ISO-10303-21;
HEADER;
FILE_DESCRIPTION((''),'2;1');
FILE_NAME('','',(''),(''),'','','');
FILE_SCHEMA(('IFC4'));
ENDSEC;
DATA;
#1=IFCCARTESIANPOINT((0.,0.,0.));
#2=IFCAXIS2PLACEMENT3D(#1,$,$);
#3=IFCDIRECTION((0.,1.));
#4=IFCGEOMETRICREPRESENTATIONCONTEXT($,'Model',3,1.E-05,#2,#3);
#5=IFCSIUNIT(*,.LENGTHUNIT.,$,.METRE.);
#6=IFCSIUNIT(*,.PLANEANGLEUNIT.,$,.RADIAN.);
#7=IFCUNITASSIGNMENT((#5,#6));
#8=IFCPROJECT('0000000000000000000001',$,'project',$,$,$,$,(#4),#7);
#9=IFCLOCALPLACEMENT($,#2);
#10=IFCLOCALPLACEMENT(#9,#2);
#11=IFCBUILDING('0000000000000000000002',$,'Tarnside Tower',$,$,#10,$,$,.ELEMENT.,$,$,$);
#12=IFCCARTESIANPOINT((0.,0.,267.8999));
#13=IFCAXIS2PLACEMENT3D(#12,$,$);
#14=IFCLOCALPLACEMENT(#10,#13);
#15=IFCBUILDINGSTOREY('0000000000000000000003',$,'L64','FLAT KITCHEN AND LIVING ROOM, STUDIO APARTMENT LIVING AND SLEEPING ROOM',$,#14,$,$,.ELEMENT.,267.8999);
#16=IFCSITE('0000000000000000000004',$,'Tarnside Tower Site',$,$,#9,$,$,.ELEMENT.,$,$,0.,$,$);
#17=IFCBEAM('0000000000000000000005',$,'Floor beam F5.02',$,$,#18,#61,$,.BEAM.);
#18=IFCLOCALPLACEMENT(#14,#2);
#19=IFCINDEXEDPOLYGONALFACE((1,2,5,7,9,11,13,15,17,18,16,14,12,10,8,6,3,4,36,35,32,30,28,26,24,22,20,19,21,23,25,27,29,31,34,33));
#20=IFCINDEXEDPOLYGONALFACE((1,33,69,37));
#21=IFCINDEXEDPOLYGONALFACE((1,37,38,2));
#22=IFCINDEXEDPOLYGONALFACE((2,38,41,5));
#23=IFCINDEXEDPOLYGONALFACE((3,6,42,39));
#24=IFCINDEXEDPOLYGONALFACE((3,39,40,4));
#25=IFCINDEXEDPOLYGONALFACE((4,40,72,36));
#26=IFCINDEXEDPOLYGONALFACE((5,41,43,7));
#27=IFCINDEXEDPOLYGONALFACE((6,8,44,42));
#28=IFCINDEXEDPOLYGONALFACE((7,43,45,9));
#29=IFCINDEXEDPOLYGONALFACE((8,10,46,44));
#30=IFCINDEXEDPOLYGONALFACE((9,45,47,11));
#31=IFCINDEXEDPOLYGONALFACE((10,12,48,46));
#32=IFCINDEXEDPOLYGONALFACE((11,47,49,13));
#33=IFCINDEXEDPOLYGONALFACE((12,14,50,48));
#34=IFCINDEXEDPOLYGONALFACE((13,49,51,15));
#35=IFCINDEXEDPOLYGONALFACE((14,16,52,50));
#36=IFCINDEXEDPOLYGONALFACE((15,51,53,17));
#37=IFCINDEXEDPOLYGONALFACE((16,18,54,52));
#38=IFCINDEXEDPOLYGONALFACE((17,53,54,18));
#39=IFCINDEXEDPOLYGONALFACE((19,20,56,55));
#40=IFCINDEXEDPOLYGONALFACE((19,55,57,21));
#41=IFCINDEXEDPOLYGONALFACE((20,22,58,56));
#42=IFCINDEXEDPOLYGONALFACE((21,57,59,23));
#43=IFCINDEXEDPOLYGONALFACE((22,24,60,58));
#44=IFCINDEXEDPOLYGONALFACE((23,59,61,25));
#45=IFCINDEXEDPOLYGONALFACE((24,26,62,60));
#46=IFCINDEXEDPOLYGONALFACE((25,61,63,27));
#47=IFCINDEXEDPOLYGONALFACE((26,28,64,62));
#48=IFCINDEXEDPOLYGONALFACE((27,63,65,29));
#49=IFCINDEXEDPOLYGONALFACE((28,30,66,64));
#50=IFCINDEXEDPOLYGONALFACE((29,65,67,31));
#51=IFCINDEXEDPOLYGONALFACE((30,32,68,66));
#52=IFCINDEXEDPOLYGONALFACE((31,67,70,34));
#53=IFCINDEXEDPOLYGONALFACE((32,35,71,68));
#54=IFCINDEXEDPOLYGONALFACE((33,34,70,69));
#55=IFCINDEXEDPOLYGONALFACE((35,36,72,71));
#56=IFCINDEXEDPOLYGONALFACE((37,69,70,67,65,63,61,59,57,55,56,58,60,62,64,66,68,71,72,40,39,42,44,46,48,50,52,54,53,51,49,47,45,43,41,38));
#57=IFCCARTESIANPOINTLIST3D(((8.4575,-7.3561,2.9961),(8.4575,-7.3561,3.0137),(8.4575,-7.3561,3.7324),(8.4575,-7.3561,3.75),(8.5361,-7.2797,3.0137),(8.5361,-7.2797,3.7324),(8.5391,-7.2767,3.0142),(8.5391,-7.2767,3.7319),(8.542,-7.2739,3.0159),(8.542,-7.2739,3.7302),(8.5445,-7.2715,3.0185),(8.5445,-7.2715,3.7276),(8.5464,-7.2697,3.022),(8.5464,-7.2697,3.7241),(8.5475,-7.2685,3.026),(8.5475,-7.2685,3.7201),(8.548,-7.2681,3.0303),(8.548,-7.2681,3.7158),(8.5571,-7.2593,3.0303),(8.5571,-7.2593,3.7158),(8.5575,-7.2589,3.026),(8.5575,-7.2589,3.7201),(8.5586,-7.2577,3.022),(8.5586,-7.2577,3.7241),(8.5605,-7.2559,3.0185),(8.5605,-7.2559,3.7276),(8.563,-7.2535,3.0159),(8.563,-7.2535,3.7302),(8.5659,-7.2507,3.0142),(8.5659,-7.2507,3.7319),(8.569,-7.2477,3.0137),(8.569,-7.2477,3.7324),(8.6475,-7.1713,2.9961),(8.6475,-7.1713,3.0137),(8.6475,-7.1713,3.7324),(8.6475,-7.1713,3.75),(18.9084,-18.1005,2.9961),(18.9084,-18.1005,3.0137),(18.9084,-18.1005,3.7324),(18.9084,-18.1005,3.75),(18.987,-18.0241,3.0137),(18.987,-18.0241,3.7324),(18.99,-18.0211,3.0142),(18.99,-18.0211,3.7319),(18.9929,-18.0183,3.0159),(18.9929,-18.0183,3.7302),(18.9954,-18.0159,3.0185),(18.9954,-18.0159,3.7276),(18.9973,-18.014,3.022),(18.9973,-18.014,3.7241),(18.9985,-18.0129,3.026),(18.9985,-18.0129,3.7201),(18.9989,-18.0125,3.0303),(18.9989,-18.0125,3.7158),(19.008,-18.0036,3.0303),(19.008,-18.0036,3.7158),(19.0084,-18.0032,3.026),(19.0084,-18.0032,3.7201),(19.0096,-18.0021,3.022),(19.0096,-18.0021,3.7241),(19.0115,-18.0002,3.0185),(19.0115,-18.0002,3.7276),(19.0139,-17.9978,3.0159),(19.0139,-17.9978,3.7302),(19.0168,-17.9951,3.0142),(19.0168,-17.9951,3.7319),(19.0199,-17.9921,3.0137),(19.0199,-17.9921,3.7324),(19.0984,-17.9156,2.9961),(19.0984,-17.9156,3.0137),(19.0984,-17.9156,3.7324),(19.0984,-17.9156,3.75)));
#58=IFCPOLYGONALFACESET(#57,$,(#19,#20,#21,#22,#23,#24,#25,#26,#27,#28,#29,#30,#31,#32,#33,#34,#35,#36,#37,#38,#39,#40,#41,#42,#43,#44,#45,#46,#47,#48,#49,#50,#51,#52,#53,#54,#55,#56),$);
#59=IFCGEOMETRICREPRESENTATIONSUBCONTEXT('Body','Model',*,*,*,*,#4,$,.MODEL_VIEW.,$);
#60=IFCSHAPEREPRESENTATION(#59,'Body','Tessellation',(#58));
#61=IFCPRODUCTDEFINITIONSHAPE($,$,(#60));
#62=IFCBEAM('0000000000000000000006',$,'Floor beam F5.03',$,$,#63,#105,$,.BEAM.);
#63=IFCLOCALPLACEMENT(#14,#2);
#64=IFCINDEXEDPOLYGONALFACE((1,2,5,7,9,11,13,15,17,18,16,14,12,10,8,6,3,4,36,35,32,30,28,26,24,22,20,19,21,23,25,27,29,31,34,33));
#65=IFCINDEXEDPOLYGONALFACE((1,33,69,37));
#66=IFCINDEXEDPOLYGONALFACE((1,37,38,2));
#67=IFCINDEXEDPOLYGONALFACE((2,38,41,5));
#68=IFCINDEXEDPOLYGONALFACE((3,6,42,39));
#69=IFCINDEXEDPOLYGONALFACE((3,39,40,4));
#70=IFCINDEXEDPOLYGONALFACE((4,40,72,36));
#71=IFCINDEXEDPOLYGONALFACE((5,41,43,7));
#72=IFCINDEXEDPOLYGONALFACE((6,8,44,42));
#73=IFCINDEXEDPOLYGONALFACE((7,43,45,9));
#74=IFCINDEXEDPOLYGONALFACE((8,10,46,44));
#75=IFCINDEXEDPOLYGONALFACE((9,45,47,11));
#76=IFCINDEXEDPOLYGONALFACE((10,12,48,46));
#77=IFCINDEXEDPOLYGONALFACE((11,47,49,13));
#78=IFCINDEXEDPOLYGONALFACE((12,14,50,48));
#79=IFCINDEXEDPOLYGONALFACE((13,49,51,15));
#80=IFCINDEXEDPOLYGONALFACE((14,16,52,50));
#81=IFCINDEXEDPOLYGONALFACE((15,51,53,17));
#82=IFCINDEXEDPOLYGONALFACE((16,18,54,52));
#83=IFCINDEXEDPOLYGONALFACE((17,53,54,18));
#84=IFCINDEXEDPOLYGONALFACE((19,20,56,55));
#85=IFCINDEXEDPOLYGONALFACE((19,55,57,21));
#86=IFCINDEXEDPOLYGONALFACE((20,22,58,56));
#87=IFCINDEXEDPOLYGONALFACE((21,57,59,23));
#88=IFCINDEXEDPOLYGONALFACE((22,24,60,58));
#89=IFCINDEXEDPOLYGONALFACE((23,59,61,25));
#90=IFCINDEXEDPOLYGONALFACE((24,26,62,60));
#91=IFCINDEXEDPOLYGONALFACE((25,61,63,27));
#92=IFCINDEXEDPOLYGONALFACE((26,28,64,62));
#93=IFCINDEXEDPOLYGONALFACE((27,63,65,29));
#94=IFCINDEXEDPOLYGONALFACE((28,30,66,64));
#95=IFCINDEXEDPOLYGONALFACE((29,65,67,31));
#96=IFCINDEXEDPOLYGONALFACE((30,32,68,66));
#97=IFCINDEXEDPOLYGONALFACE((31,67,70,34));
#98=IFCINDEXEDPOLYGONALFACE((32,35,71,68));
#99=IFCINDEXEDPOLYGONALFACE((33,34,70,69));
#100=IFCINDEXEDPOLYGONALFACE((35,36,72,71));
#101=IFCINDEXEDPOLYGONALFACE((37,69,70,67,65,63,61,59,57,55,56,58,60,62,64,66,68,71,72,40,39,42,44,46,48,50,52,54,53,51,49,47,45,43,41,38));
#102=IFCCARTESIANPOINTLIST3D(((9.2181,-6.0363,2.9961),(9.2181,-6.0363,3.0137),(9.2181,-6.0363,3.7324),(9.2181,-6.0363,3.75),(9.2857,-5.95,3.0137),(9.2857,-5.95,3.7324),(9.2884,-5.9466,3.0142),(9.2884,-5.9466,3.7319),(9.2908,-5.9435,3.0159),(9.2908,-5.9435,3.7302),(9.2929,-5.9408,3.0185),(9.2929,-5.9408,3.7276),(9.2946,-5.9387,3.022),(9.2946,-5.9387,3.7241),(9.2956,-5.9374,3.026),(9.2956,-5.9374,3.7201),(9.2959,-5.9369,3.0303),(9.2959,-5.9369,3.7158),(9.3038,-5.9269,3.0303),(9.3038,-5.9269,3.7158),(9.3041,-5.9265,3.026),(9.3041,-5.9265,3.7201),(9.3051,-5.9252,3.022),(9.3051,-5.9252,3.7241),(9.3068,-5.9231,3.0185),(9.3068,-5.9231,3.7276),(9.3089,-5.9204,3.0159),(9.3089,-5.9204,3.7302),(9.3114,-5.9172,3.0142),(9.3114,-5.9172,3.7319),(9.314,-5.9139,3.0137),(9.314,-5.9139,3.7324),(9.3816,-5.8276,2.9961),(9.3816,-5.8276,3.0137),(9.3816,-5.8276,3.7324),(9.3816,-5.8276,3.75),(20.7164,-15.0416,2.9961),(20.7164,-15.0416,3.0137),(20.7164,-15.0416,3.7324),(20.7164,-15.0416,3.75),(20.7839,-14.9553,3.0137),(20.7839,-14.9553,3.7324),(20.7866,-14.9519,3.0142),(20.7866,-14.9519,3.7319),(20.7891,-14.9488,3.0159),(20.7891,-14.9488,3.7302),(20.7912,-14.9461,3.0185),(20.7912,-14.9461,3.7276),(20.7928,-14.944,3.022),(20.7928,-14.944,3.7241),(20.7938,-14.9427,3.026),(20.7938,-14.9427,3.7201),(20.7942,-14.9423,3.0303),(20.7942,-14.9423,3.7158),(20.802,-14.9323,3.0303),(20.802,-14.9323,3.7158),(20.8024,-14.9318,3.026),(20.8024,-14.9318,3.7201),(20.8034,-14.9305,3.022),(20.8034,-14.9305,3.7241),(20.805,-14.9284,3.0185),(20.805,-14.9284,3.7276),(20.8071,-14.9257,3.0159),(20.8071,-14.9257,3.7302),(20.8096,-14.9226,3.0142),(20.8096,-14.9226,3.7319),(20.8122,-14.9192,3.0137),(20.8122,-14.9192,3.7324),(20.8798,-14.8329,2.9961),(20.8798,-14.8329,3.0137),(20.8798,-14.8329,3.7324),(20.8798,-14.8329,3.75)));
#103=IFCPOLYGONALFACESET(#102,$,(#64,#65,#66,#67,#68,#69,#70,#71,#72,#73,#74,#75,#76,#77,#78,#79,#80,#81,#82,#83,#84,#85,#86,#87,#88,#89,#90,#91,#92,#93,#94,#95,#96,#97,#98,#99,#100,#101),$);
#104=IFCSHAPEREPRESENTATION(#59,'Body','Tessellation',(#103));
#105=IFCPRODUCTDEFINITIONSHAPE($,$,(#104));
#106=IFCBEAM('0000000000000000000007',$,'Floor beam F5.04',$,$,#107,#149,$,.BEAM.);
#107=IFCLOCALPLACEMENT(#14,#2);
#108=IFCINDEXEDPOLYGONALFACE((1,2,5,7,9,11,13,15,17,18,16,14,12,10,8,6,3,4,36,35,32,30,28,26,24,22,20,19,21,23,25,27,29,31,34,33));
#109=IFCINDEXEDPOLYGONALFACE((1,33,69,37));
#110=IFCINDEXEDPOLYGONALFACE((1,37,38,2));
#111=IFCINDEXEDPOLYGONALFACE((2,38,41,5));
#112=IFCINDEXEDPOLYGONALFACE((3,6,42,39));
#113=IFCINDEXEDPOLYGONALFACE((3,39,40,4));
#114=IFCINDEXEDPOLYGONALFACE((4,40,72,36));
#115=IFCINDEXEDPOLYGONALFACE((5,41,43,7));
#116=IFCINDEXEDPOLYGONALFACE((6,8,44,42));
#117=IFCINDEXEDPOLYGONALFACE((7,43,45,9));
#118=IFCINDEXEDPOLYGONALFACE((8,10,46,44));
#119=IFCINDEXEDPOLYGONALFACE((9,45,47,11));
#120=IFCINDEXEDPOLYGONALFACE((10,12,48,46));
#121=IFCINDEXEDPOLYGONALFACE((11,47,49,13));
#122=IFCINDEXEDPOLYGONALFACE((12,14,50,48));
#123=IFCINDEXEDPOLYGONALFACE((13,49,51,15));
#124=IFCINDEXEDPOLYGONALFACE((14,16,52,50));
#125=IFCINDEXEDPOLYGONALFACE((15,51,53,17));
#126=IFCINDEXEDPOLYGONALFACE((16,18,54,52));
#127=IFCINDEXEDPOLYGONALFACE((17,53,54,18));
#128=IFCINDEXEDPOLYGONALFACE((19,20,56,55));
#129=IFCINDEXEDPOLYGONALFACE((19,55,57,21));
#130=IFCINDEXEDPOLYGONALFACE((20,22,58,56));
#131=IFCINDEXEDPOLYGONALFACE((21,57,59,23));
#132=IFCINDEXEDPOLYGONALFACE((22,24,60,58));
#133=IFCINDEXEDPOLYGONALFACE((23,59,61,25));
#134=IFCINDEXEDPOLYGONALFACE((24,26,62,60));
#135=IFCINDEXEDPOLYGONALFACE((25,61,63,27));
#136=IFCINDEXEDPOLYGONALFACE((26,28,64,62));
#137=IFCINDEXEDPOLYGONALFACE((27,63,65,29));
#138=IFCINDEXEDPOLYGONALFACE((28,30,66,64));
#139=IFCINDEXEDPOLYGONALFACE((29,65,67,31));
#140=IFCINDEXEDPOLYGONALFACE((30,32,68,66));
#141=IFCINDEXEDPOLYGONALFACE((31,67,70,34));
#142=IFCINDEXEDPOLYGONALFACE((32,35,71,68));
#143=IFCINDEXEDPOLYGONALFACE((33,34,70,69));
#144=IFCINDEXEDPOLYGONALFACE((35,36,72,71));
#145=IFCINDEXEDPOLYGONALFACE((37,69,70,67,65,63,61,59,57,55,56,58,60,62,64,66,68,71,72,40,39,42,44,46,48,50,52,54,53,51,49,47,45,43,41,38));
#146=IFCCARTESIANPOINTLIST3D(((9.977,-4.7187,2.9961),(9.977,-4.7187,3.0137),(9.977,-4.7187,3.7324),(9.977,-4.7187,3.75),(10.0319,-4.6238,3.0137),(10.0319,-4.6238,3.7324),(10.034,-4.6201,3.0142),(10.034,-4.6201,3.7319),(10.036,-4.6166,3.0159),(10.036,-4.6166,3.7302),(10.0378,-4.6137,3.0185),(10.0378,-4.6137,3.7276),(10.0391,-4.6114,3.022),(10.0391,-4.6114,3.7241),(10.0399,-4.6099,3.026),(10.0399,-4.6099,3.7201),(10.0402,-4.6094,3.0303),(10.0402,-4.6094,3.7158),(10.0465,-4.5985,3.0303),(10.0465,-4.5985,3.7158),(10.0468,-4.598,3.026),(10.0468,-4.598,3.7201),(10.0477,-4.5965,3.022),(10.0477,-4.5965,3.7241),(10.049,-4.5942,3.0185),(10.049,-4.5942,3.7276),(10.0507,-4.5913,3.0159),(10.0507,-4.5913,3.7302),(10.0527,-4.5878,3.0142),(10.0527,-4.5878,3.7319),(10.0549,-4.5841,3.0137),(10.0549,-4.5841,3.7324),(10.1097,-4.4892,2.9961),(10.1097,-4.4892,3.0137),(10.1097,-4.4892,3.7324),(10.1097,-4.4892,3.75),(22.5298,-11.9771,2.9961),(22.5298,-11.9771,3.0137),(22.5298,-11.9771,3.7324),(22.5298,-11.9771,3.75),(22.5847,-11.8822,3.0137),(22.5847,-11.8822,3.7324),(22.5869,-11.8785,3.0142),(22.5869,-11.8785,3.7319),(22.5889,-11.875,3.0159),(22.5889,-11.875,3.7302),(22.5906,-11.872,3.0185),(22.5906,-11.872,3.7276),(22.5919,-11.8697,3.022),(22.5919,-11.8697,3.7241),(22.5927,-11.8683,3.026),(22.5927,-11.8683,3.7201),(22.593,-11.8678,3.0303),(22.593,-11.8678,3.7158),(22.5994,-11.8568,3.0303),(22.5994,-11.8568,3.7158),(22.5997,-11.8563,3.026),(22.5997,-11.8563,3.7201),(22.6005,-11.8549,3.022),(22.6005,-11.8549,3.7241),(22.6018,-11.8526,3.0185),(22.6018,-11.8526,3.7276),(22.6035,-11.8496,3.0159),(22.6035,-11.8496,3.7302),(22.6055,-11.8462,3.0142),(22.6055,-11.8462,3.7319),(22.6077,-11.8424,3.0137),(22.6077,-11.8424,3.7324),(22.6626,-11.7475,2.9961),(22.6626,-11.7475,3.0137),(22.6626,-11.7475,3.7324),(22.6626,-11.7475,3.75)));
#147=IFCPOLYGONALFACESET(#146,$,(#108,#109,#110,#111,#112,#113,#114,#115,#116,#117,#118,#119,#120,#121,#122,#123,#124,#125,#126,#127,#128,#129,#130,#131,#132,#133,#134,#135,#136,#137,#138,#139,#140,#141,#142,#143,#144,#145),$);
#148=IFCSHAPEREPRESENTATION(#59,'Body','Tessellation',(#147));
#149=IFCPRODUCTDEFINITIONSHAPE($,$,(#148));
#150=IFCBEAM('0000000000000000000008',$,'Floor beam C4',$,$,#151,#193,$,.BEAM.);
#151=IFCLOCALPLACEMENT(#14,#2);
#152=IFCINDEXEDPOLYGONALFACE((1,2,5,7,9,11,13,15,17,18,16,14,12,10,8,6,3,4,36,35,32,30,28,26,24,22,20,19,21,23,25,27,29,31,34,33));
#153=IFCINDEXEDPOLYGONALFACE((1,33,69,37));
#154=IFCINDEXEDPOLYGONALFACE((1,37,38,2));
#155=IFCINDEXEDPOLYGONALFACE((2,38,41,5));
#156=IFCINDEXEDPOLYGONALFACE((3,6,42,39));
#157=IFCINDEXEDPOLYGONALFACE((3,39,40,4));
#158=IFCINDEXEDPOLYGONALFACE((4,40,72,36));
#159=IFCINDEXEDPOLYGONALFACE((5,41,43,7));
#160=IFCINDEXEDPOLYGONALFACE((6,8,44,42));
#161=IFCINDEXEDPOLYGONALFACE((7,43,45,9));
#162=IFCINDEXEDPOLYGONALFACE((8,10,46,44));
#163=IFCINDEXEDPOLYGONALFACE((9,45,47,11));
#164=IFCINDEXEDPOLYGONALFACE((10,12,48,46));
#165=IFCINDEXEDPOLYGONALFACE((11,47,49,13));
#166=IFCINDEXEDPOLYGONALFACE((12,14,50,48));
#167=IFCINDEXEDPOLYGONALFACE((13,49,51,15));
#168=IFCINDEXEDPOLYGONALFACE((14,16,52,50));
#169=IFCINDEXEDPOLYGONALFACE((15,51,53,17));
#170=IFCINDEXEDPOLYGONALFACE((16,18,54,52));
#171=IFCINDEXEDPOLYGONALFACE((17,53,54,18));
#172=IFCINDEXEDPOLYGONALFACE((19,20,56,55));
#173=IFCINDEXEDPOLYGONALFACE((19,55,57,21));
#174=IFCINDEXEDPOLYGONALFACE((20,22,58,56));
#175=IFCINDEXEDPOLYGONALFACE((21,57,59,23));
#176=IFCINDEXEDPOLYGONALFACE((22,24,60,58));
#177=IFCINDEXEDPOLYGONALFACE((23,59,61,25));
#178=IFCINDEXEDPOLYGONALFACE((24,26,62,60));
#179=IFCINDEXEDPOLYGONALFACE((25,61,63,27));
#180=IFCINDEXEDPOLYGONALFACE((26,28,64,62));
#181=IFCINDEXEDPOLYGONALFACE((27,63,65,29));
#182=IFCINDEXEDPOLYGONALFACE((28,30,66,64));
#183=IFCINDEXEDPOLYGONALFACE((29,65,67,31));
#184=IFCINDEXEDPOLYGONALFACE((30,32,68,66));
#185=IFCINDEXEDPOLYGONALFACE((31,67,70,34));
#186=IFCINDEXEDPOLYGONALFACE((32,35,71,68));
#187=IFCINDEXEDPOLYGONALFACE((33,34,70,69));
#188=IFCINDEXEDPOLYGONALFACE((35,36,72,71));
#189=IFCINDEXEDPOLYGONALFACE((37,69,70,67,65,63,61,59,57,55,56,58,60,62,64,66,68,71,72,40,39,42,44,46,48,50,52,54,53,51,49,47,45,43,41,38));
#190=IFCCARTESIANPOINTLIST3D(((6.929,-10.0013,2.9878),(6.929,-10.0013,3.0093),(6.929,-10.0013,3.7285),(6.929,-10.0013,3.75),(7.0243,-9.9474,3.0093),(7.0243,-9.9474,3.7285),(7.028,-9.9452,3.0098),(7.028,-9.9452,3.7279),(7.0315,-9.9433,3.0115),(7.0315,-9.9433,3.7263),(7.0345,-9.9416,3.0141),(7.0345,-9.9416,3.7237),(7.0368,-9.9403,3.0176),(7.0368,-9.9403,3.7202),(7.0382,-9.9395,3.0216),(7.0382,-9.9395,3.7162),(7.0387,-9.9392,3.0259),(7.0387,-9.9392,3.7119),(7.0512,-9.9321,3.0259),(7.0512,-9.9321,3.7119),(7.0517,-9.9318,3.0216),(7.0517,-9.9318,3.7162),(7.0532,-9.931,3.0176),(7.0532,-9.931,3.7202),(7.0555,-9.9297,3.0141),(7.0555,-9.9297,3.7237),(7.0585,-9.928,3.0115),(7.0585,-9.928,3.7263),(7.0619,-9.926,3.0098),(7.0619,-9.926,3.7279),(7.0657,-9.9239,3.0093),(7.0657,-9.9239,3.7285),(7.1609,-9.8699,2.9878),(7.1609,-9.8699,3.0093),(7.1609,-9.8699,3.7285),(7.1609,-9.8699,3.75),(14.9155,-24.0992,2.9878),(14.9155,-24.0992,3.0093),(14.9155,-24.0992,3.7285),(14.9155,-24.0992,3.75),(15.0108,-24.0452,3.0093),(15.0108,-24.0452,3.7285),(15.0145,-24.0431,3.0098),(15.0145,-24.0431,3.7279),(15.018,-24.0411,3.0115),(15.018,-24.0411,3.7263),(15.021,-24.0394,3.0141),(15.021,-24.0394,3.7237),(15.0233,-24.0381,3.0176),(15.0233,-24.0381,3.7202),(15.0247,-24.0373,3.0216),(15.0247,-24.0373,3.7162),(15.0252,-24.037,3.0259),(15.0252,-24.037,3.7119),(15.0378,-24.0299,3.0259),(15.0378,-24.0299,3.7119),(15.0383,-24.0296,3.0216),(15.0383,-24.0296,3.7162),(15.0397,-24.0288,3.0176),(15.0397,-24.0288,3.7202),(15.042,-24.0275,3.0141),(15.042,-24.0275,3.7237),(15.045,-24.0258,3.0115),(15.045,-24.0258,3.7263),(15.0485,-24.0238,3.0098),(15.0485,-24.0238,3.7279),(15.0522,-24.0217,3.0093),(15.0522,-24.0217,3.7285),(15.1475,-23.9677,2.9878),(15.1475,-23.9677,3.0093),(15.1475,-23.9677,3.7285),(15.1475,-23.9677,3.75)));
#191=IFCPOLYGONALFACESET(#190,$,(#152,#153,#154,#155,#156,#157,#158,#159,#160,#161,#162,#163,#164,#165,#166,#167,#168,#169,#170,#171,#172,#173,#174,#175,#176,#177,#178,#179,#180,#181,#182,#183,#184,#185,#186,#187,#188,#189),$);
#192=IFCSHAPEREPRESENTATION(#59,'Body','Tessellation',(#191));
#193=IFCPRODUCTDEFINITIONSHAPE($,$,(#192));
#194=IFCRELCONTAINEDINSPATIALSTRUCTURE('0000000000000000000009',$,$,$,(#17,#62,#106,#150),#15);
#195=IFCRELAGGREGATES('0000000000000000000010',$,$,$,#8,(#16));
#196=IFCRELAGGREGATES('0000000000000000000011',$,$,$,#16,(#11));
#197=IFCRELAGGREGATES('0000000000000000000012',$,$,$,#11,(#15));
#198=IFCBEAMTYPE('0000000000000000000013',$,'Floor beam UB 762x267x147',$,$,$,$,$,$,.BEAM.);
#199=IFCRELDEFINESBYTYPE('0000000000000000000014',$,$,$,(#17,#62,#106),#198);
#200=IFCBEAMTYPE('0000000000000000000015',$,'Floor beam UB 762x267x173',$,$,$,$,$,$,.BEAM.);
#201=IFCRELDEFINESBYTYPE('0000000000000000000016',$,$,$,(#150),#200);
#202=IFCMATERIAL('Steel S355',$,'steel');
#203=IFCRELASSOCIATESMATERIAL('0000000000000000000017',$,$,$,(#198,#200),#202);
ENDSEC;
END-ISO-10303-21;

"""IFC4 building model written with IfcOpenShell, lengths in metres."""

from ifc_helpers import new_model, si_unit, direction, frame, origin, origin_2d, place, context, subcontext, project, spatial, i_section, extrude, material, material_profile, profile_set, type_object, element, save


model = new_model("IFC4")

# Units and contexts
model_context = context("Model", 3, precision=1e-05, world=origin(), true_north=direction((0.0, 1.0)))
body_context = subcontext(model_context, "Body", "Model", "MODEL_VIEW")
ifc_project = project(units=[si_unit("LENGTHUNIT", "METRE"), si_unit("PLANEANGLEUNIT", "RADIAN")], contexts=[model_context])

# Site, building, storey
site_placement = place(None, origin())
site = spatial("IfcSite", under=ifc_project, at=site_placement, Name="Tarnside Tower Site", CompositionType="ELEMENT", RefElevation=0.0)
building_placement = place(site_placement, origin())
building = spatial("IfcBuilding", under=site, at=building_placement, Name="Tarnside Tower", CompositionType="ELEMENT")
storey_placement = place(building_placement, frame((0.0, 0.0, 267.8999)))
storey = spatial("IfcBuildingStorey", under=building, at=storey_placement, Name="L64", Description="FLAT KITCHEN AND LIVING ROOM, STUDIO APARTMENT LIVING AND SLEEPING ROOM", CompositionType="ELEMENT", Elevation=267.8999)

# Beams
ifc_material_1 = material(Name="Steel S355", Category="steel")
ifc_material_profile_1 = material_profile(ifc_material_1, i_section(OverallWidth=0.2651, OverallDepth=0.7539, WebThickness=0.0127, FlangeThickness=0.0176, FilletRadius=0.0166, at=origin_2d()), Name="UB 762x267x147")
ifc_profile_set_1 = profile_set([ifc_material_profile_1], Name="Steel S355")
beam_type_1 = type_object("IfcBeamType", Name="Floor beam UB 762x267x147", PredefinedType="BEAM", material=ifc_profile_set_1)
beam_1_placement = place(storey_placement, frame((19.0034, -18.0081, 3.373), z_axis=(-0.69725, 0.716828, 0.0), x_axis=(-0.716828, -0.69725, 0.0)))
element("IfcBeam", 1, at=beam_1_placement, inside=storey, type_object=beam_type_1, Name="Floor beam F5.02", PredefinedType="BEAM", context=body_context, shape_type="SweptSolid", body=[
    extrude(i_section(OverallWidth=0.2651, OverallDepth=0.7539, WebThickness=0.0127, FlangeThickness=0.0176, FilletRadius=0.0166, at=origin_2d()), origin(), (0.0, 0.0, 1.0), 14.9888),
])
beam_2_placement = place(storey_placement, frame((20.7981, -14.9373, 3.373), z_axis=(-0.787282, 0.616593, 0.0), x_axis=(-0.616593, -0.787282, 0.0)))
element("IfcBeam", 2, at=beam_2_placement, inside=storey, type_object=beam_type_1, Name="Floor beam F5.03", PredefinedType="BEAM", context=body_context, shape_type="SweptSolid", body=[
    extrude(i_section(OverallWidth=0.2651, OverallDepth=0.7539, WebThickness=0.0127, FlangeThickness=0.0176, FilletRadius=0.0166, at=origin_2d()), origin(), (0.0, 0.0, 1.0), 14.605),
])
beam_3_placement = place(storey_placement, frame((22.5962, -11.8623, 3.373), z_axis=(-0.865697, 0.500568, 0.0), x_axis=(-0.500568, -0.865697, 0.0)))
element("IfcBeam", 3, at=beam_3_placement, inside=storey, type_object=beam_type_1, Name="Floor beam F5.04", PredefinedType="BEAM", context=body_context, shape_type="SweptSolid", body=[
    extrude(i_section(OverallWidth=0.2651, OverallDepth=0.7539, WebThickness=0.0127, FlangeThickness=0.0176, FilletRadius=0.0166, at=origin_2d()), origin(), (0.0, 0.0, 1.0), 14.5002),
])
ifc_material_profile_2 = material_profile(ifc_material_1, i_section(OverallWidth=0.2666, OverallDepth=0.7622, WebThickness=0.0144, FlangeThickness=0.0215, FilletRadius=0.0166, at=origin_2d()), Name="UB 762x267x173")
ifc_profile_set_2 = profile_set([ifc_material_profile_2], Name="Steel S355")
beam_type_2 = type_object("IfcBeamType", Name="Floor beam UB 762x267x173", PredefinedType="BEAM", material=ifc_profile_set_2)
beam_4_placement = place(storey_placement, frame((15.0315, -24.0334, 3.3689), z_axis=(-0.492908, 0.870081, 0.0), x_axis=(-0.870081, -0.492908, 0.0)))
element("IfcBeam", 4, at=beam_4_placement, inside=storey, type_object=beam_type_2, Name="Floor beam C4", PredefinedType="BEAM", context=body_context, shape_type="SweptSolid", body=[
    extrude(i_section(OverallWidth=0.2666, OverallDepth=0.7622, WebThickness=0.0144, FlangeThickness=0.0215, FilletRadius=0.0166, at=origin_2d()), origin(), (0.0, 0.0, 1.0), 16.2029),
])

save(model, "model.ifc")
